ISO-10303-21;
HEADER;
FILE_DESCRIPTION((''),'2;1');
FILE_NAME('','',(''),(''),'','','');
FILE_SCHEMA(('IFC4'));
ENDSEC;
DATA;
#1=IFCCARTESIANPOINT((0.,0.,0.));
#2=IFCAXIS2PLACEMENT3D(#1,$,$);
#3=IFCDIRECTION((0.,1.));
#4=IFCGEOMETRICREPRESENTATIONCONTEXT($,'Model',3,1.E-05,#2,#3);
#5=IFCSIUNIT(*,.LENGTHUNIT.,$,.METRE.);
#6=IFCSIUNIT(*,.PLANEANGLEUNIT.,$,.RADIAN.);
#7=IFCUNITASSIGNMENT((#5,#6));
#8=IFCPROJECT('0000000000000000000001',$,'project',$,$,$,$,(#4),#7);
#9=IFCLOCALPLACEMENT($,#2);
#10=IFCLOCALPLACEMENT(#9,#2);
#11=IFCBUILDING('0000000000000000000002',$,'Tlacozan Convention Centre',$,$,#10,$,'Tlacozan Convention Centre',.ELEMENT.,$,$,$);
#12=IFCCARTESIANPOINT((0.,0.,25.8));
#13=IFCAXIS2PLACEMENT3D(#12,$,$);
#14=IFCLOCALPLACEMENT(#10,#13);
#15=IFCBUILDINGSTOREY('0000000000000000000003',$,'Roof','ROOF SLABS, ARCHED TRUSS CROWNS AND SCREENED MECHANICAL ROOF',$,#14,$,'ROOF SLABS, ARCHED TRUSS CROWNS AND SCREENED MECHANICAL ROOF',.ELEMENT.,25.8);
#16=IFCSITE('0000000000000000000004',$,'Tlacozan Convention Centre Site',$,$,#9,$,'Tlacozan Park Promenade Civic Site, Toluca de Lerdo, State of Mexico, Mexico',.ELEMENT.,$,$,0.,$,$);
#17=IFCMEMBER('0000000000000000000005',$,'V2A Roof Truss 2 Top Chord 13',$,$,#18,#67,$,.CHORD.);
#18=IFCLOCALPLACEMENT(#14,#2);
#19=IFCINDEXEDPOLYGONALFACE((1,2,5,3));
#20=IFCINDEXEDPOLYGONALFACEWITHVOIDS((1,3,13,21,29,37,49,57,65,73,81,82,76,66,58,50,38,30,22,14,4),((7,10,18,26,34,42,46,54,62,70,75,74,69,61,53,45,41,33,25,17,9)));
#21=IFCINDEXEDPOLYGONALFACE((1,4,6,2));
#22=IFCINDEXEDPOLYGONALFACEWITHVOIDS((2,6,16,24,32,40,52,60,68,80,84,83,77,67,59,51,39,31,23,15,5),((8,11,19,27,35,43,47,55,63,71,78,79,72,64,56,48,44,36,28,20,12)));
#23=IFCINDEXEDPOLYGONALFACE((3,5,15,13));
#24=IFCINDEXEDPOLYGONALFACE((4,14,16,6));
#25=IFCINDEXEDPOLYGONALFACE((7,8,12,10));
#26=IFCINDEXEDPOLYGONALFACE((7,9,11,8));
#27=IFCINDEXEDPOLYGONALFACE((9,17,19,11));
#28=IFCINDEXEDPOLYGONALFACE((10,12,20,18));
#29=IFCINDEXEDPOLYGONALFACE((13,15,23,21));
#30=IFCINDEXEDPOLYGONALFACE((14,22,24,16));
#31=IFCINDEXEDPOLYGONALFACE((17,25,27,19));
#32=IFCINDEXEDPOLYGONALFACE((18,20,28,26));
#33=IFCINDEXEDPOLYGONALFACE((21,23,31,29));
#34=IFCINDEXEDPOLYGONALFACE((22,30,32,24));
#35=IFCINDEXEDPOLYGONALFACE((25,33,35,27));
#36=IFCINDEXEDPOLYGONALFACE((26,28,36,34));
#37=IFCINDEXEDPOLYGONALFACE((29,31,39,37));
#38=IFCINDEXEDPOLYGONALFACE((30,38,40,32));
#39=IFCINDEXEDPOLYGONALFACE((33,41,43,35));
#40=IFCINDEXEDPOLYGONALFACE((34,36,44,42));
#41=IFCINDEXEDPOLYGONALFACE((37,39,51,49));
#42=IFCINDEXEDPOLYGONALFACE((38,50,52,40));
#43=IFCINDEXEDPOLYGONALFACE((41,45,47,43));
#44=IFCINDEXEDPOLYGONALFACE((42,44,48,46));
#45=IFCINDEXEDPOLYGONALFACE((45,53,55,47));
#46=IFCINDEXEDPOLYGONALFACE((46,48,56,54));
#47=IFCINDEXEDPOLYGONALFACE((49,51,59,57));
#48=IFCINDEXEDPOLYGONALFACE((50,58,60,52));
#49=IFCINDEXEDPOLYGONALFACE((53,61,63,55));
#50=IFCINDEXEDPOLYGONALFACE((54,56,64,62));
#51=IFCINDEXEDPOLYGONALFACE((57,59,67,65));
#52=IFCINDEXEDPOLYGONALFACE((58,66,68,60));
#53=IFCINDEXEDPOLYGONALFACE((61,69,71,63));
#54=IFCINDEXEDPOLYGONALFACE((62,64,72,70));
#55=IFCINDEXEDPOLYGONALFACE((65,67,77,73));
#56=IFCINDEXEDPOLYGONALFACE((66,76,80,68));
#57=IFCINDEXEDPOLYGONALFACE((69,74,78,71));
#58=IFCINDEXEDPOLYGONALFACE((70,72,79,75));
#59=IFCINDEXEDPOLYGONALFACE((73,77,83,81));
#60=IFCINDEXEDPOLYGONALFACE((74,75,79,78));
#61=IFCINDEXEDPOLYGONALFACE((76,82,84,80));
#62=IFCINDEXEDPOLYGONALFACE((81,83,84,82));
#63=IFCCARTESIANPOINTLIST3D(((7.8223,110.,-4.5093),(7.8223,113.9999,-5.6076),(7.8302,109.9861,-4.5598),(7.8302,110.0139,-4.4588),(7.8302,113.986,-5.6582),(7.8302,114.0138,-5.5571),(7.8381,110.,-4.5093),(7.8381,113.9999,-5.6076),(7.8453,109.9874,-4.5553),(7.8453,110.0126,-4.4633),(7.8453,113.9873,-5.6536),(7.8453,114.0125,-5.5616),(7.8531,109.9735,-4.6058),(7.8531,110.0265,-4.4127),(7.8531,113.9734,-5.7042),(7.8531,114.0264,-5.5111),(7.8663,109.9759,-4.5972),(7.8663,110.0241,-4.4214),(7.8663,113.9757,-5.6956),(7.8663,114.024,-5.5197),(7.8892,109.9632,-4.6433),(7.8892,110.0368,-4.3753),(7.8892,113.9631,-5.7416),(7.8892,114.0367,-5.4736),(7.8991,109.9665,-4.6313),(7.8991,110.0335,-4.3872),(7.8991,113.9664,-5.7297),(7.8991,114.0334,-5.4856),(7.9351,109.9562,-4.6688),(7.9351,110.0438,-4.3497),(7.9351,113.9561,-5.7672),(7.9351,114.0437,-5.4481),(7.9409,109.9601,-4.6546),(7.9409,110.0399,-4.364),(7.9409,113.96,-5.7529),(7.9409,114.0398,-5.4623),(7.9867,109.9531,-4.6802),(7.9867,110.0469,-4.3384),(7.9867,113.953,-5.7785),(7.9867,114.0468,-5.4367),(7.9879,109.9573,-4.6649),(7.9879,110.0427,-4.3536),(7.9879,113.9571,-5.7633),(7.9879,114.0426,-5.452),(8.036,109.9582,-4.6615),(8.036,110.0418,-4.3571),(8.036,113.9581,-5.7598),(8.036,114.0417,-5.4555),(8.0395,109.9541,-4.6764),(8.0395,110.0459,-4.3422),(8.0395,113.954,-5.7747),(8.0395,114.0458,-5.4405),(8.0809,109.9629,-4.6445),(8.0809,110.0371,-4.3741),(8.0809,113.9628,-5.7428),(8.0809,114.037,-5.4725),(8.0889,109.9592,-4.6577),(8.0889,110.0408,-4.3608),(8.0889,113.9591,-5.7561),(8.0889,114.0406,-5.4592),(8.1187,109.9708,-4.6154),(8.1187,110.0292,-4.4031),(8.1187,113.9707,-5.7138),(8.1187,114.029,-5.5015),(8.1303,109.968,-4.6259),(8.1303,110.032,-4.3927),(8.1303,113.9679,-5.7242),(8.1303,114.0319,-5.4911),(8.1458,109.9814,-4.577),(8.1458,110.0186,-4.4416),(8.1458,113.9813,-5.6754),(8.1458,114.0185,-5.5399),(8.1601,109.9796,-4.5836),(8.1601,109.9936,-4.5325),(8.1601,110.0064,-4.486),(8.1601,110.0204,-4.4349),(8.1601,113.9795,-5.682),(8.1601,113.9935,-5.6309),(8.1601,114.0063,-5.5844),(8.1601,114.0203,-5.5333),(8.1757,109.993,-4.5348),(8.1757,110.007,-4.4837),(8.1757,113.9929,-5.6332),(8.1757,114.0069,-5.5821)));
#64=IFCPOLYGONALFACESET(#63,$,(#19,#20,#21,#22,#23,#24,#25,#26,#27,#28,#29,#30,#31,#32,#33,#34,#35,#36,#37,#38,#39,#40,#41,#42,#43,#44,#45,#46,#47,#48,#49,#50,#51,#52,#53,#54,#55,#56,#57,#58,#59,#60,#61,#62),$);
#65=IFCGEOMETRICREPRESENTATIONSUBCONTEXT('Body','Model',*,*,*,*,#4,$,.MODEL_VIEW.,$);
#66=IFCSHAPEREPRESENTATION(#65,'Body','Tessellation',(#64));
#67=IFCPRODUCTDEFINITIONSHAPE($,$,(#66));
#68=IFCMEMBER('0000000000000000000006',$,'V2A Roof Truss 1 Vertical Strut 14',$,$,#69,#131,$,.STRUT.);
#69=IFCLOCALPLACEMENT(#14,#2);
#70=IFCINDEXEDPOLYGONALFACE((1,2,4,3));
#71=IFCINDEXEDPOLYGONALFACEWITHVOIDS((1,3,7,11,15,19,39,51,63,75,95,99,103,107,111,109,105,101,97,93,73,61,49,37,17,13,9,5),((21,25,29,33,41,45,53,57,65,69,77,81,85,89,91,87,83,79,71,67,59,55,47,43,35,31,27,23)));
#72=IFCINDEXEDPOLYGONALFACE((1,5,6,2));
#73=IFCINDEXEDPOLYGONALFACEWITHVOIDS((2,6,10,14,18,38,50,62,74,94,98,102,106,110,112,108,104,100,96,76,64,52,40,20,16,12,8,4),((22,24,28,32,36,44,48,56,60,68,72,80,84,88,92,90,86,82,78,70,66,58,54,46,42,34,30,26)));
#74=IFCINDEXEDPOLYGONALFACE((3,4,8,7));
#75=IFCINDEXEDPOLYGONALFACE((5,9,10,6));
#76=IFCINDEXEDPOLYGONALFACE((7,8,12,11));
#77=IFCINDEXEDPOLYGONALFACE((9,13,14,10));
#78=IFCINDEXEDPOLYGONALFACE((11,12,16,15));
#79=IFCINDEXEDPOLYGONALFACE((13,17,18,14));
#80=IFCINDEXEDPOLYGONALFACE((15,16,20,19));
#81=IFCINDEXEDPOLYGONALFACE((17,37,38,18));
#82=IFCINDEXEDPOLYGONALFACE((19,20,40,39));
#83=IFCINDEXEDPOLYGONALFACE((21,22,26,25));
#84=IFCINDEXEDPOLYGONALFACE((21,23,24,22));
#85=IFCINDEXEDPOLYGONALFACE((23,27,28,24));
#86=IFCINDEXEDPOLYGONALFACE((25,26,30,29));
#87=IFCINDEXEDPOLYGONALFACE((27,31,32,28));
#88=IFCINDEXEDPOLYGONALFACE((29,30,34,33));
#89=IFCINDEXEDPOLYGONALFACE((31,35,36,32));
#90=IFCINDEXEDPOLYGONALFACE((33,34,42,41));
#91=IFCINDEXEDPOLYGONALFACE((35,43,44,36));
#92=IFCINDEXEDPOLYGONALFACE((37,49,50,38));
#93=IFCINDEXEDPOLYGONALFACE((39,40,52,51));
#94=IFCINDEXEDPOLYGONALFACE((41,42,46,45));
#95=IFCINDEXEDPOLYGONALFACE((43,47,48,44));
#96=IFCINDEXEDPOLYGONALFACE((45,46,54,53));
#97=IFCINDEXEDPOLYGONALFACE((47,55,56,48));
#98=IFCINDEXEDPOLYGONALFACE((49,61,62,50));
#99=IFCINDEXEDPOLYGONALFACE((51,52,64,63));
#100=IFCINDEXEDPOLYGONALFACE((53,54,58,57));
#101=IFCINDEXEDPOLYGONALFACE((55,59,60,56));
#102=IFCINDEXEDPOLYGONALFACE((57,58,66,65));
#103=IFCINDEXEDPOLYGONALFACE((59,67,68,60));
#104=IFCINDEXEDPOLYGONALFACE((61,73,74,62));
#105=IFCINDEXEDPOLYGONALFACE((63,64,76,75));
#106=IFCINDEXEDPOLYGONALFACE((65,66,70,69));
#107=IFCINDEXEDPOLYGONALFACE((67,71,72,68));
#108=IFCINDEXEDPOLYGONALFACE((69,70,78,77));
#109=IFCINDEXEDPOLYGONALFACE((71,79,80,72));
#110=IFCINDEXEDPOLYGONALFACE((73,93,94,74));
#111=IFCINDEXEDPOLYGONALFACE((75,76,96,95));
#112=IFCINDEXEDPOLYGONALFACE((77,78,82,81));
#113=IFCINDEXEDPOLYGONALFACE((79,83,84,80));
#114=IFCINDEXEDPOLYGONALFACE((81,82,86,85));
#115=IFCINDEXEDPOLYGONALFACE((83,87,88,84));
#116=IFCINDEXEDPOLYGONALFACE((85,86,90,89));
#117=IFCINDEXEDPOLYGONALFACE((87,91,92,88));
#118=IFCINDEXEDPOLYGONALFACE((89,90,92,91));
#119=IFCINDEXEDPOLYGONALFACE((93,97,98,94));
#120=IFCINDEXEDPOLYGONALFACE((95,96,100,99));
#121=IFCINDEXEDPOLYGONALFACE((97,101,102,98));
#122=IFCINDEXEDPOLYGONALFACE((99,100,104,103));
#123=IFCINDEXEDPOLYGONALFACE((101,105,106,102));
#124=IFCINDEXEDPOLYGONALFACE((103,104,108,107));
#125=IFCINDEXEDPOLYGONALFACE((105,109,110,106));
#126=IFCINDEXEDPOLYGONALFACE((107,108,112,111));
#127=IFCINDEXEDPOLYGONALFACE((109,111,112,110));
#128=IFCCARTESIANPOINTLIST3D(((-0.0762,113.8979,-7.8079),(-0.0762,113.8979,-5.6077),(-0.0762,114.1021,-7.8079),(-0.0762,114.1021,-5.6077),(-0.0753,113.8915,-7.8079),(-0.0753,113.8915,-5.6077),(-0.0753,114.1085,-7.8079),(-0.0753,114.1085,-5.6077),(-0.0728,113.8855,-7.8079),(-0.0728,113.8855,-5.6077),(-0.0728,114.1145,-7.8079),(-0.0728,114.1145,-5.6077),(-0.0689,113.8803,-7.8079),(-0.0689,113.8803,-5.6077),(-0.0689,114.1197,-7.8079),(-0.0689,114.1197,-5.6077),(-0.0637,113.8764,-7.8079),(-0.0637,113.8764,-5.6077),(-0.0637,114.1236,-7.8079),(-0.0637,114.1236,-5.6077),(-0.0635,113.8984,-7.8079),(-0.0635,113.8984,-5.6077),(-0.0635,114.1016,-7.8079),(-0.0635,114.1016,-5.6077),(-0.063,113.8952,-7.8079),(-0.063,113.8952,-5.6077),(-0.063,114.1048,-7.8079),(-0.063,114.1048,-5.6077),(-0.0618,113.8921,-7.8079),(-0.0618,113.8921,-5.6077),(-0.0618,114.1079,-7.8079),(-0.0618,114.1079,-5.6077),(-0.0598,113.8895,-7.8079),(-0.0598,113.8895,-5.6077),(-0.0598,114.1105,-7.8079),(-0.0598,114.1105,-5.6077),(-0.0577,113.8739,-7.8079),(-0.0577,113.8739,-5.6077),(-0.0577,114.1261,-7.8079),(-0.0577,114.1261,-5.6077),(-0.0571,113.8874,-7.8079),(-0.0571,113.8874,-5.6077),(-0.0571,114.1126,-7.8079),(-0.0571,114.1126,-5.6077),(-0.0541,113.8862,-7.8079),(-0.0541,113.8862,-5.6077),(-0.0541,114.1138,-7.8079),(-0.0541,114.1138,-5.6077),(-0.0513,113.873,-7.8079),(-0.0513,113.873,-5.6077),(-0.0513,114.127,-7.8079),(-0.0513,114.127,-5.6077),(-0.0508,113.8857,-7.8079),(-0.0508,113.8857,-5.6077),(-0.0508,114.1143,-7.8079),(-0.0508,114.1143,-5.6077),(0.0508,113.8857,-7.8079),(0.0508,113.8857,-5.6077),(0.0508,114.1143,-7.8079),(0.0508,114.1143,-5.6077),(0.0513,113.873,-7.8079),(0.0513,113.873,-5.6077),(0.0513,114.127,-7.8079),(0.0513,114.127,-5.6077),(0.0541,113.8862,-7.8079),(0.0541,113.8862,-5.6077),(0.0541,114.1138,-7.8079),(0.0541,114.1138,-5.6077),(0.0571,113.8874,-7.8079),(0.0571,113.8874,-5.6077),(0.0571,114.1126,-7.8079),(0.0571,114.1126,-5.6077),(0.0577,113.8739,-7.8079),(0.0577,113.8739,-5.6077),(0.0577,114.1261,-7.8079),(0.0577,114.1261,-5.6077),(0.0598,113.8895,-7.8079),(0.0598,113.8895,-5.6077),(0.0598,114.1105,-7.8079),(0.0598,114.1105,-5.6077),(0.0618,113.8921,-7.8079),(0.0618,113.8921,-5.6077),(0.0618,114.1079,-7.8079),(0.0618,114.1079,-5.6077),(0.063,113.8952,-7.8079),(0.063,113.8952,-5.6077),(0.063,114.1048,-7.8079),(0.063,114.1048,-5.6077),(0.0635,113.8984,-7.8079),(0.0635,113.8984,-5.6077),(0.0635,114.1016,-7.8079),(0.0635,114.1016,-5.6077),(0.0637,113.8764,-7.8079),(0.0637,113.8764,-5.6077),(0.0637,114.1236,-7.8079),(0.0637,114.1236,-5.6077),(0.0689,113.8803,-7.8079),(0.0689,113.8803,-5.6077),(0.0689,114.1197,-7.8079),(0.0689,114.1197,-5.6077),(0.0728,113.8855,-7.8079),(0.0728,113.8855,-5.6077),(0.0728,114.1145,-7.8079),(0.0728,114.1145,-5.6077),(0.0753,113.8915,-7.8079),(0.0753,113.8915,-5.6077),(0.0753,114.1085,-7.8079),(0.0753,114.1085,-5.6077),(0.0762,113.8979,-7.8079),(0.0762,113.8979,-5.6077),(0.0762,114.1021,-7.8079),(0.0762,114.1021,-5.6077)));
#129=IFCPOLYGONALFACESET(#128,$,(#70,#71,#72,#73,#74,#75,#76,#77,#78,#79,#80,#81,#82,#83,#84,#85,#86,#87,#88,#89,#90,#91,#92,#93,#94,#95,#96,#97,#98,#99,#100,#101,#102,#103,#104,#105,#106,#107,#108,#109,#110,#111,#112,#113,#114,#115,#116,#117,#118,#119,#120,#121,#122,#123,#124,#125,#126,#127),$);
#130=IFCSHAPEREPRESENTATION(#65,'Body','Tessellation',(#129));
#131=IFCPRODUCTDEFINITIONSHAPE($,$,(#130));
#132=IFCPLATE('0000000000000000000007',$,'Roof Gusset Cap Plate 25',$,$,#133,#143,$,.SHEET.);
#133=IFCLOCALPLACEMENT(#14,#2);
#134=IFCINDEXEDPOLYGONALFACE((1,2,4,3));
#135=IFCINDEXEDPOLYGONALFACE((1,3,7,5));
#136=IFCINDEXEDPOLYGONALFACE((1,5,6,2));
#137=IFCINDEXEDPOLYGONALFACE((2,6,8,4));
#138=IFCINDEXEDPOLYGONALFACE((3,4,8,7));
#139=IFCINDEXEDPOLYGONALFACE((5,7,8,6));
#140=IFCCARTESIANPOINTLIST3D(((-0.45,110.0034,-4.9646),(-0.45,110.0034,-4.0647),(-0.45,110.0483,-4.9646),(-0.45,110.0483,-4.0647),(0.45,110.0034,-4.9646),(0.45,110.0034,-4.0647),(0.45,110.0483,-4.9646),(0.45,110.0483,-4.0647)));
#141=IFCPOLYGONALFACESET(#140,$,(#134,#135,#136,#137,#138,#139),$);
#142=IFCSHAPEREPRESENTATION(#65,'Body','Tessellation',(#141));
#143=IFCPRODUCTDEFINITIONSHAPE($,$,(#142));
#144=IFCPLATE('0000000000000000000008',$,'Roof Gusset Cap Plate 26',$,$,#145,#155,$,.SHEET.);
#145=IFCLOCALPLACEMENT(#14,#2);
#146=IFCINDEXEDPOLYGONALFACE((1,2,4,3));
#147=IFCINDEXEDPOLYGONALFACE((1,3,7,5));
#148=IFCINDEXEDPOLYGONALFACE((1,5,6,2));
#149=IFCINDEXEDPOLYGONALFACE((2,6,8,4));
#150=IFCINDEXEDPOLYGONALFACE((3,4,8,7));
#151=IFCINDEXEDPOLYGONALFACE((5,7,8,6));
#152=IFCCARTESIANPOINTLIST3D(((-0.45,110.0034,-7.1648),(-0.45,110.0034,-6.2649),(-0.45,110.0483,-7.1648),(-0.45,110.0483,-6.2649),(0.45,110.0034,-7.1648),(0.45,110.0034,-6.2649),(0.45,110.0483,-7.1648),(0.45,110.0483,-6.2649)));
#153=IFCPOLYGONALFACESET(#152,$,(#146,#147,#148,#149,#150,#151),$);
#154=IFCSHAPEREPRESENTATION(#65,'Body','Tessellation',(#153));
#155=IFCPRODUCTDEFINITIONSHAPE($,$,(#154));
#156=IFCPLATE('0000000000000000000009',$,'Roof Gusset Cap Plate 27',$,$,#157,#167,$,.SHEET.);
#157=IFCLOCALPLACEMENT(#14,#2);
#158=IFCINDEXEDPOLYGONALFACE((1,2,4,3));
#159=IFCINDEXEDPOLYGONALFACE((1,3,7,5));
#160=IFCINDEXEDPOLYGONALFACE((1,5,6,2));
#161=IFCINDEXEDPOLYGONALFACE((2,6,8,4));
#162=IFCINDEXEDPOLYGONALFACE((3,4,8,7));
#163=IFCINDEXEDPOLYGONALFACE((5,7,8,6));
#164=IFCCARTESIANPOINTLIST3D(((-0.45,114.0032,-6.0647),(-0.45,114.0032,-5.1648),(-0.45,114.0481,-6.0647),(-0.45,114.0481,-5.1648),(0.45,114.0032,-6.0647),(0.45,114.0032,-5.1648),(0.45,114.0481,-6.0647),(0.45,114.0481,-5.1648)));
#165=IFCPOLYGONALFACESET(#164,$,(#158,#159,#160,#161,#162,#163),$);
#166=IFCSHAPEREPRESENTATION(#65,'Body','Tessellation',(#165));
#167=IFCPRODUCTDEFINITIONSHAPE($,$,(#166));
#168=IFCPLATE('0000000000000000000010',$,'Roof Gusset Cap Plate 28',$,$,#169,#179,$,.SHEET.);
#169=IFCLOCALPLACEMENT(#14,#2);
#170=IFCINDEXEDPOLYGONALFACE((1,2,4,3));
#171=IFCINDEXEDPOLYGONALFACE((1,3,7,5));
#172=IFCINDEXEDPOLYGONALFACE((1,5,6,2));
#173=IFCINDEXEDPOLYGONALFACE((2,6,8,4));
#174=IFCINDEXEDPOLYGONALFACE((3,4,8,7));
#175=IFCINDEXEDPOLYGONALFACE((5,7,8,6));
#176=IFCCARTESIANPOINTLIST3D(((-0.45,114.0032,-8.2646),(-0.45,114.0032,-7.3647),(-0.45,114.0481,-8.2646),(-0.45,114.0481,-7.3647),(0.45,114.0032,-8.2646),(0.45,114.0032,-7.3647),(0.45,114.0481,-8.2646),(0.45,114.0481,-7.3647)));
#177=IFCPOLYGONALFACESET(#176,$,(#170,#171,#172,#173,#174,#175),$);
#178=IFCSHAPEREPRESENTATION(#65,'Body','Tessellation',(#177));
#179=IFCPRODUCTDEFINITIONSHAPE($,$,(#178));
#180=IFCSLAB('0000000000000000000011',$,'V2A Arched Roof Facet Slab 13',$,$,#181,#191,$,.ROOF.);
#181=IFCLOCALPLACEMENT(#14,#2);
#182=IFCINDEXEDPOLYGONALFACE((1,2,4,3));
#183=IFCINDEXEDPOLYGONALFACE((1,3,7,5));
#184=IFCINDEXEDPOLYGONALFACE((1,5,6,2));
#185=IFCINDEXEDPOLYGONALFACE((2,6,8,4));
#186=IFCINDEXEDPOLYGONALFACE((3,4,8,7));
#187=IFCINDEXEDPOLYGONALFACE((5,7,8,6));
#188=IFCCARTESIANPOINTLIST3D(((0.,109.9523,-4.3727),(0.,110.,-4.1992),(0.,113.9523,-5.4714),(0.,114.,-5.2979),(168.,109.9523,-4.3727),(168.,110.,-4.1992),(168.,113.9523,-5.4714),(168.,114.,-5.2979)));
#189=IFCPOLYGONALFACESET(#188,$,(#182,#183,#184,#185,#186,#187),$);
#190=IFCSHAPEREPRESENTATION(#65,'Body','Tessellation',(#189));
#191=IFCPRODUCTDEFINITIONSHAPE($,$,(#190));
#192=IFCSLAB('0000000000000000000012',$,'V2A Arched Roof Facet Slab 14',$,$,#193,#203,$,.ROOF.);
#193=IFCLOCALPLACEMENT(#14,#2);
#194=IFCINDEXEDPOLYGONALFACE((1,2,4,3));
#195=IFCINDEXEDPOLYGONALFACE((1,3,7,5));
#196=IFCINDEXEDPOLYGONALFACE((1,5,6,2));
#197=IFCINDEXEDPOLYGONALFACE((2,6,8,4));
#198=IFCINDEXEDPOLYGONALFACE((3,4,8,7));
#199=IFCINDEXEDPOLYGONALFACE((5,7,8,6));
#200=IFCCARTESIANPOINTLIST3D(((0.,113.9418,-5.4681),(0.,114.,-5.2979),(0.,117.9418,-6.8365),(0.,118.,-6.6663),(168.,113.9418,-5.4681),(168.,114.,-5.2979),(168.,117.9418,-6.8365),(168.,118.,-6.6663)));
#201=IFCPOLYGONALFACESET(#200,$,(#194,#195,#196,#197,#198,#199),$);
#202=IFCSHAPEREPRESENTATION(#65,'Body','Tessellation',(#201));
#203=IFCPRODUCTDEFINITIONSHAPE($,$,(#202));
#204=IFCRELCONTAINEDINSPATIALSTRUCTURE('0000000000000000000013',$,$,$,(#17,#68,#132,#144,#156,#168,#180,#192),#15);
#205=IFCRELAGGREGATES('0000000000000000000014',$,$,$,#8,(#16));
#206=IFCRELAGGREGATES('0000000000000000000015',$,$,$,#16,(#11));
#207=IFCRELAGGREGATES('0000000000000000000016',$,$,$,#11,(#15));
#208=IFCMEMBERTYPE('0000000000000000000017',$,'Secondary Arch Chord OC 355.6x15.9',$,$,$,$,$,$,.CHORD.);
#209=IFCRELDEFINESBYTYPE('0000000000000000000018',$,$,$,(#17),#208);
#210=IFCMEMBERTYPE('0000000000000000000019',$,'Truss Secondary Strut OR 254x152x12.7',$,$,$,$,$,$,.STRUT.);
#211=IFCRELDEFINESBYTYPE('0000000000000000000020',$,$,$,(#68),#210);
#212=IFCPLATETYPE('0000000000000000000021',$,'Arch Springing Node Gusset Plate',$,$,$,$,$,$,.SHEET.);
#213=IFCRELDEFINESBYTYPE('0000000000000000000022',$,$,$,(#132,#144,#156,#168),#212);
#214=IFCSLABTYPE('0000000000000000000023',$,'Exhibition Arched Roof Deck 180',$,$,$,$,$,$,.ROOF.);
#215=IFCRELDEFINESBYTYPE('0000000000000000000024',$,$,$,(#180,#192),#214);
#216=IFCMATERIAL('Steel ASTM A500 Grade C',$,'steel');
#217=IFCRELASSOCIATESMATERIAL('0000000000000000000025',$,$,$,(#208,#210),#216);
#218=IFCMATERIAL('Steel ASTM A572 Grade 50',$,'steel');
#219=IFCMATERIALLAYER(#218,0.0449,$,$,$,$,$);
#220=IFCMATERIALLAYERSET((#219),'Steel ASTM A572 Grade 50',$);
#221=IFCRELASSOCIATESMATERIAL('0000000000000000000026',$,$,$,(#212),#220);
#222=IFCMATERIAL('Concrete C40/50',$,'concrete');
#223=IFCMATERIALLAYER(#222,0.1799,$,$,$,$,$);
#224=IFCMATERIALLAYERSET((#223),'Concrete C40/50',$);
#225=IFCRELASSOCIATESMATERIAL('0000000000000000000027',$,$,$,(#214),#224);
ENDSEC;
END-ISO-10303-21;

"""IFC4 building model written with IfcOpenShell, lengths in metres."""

from ifc_helpers import new_model, si_unit, direction, frame, origin, origin_2d, place, context, subcontext, project, spatial, polyline, rectangle, hollow_rectangle, hollow_circle, outline, extrude, material, layer, layer_set, material_profile, profile_set, type_object, element, save


model = new_model("IFC4")

# Units and contexts
model_context = context("Model", 3, precision=1e-05, world=origin(), true_north=direction((0.0, 1.0)))
body_context = subcontext(model_context, "Body", "Model", "MODEL_VIEW")
ifc_project = project(units=[si_unit("LENGTHUNIT", "METRE"), si_unit("PLANEANGLEUNIT", "RADIAN")], contexts=[model_context])

# Site, building, storey
site_placement = place(None, origin())
site = spatial("IfcSite", under=ifc_project, at=site_placement, Name="Tlacozan Convention Centre Site", LongName="Tlacozan Park Promenade Civic Site, Toluca de Lerdo, State of Mexico, Mexico", CompositionType="ELEMENT", RefElevation=0.0)
building_placement = place(site_placement, origin())
building = spatial("IfcBuilding", under=site, at=building_placement, Name="Tlacozan Convention Centre", LongName="Tlacozan Convention Centre", CompositionType="ELEMENT")
storey_placement = place(building_placement, frame((0.0, 0.0, 25.8)))
storey = spatial("IfcBuildingStorey", under=building, at=storey_placement, Name="Roof", Description="ROOF SLABS, ARCHED TRUSS CROWNS AND SCREENED MECHANICAL ROOF", LongName="ROOF SLABS, ARCHED TRUSS CROWNS AND SCREENED MECHANICAL ROOF", CompositionType="ELEMENT", Elevation=25.8)

# Members
ifc_material_1 = material(Name="Steel ASTM A500 Grade C", Category="steel")
ifc_material_profile_1 = material_profile(ifc_material_1, hollow_circle(Radius=0.1777, WallThickness=0.0159, at=origin_2d()), Name="OC 355.6x15.9")
ifc_profile_set_1 = profile_set([ifc_material_profile_1], Name="Steel ASTM A500 Grade C")
member_type_1 = type_object("IfcMemberType", Name="Secondary Arch Chord OC 355.6x15.9", PredefinedType="CHORD", material=ifc_profile_set_1)
member_1_placement = place(storey_placement, frame((8.0, 110.0, -4.5093), z_axis=(0.0, 0.964305, -0.264795), x_axis=(-1.0, 0.0, 0.0)))
element("IfcMember", 1, at=member_1_placement, inside=storey, type_object=member_type_1, Name="V2A Roof Truss 2 Top Chord 13", PredefinedType="CHORD", context=body_context, shape_type="SweptSolid", body=[
    extrude(hollow_circle(Radius=0.1777, WallThickness=0.0159, at=origin_2d()), origin(), (0.0, 0.0, 1.0), 4.1479),
])
ifc_material_profile_2 = material_profile(ifc_material_1, hollow_rectangle(XDim=0.1523, YDim=0.2539, WallThickness=0.0127, InnerFilletRadius=0.0127, OuterFilletRadius=0.0249, at=origin_2d()), Name="OR 254x152x12.7")
ifc_profile_set_2 = profile_set([ifc_material_profile_2], Name="Steel ASTM A500 Grade C")
member_type_2 = type_object("IfcMemberType", Name="Truss Secondary Strut OR 254x152x12.7", PredefinedType="STRUT", material=ifc_profile_set_2)
member_2_placement = place(storey_placement, frame((0.0, 114.0, -7.8079), z_axis=(0.0, 0.0, 1.0), x_axis=(1.0, 0.0, 0.0)))
element("IfcMember", 2, at=member_2_placement, inside=storey, type_object=member_type_2, Name="V2A Roof Truss 1 Vertical Strut 14", PredefinedType="STRUT", context=body_context, shape_type="SweptSolid", body=[
    extrude(hollow_rectangle(XDim=0.1523, YDim=0.2539, WallThickness=0.0127, InnerFilletRadius=0.0127, OuterFilletRadius=0.0249, at=origin_2d()), origin(), (0.0, 0.0, 1.0), 2.2002),
])

# Plates
ifc_material_2 = material(Name="Steel ASTM A572 Grade 50", Category="steel")
ifc_layer_1 = layer(ifc_material_2, 0.0449)
ifc_layer_set_1 = layer_set([ifc_layer_1], Name="Steel ASTM A572 Grade 50")
plate_type = type_object("IfcPlateType", Name="Arch Springing Node Gusset Plate", PredefinedType="SHEET", material=ifc_layer_set_1)
for number, where, z_axis, x_axis, name in (
    (3, (0.0, 110.0259, -4.9646), (0.0, 0.0, 1.0), (0.0, 1.0, 0.0), "Roof Gusset Cap Plate 25"),
    (4, (0.0, 110.0259, -7.1648), (0.0, 0.0, 1.0), (0.0, 1.0, 0.0), "Roof Gusset Cap Plate 26"),
    (5, (0.0, 114.0256, -6.0647), (0.0, 0.0, 1.0), (0.0, 1.0, 0.0), "Roof Gusset Cap Plate 27"),
    (6, (0.0, 114.0256, -8.2646), (0.0, 0.0, 1.0), (0.0, 1.0, 0.0), "Roof Gusset Cap Plate 28"),
):
    element("IfcPlate", number, at=place(storey_placement, frame(where, z_axis=z_axis, x_axis=x_axis)), inside=storey, type_object=plate_type, Name=name, PredefinedType="SHEET", context=body_context, shape_type="SweptSolid", body=[
        extrude(rectangle(XDim=0.0449, YDim=0.8999, at=origin_2d()), origin(), (0.0, 0.0, 1.0), 0.8999),
    ])

# Slabs
ifc_material_3 = material(Name="Concrete C40/50", Category="concrete")
ifc_layer_2 = layer(ifc_material_3, 0.1799)
ifc_layer_set_2 = layer_set([ifc_layer_2], Name="Concrete C40/50")
slab_type = type_object("IfcSlabType", Name="Exhibition Arched Roof Deck 180", PredefinedType="ROOF", material=ifc_layer_set_2)
slab_1_placement = place(storey_placement, frame((0.0, 110.0, -4.1992), z_axis=(0.0, 0.26485, 0.96429), x_axis=(1.0, 0.0, 0.0)))
element("IfcSlab", 7, at=slab_1_placement, inside=storey, type_object=slab_type, Name="V2A Arched Roof Facet Slab 13", PredefinedType="ROOF", context=body_context, shape_type="SweptSolid", body=[
    extrude(outline(polyline([(0.0, 0.0), (168.0, 0.0), (168.0, 4.1481), (0.0, 4.1481), (0.0, 0.0)])), origin(), (0.0, 0.0, -1.0), 0.1799),
])
slab_2_placement = place(storey_placement, frame((0.0, 114.0, -5.2979), z_axis=(0.0, 0.323685, 0.946165), x_axis=(1.0, 0.0, 0.0)))
element("IfcSlab", 8, at=slab_2_placement, inside=storey, type_object=slab_type, Name="V2A Arched Roof Facet Slab 14", PredefinedType="ROOF", context=body_context, shape_type="SweptSolid", body=[
    extrude(outline(polyline([(0.0, 0.0), (168.0, 0.0), (168.0, 4.2276), (0.0, 4.2276), (0.0, 0.0)])), origin(), (0.0, 0.0, -1.0), 0.1799),
])

save(model, "model.ifc")
